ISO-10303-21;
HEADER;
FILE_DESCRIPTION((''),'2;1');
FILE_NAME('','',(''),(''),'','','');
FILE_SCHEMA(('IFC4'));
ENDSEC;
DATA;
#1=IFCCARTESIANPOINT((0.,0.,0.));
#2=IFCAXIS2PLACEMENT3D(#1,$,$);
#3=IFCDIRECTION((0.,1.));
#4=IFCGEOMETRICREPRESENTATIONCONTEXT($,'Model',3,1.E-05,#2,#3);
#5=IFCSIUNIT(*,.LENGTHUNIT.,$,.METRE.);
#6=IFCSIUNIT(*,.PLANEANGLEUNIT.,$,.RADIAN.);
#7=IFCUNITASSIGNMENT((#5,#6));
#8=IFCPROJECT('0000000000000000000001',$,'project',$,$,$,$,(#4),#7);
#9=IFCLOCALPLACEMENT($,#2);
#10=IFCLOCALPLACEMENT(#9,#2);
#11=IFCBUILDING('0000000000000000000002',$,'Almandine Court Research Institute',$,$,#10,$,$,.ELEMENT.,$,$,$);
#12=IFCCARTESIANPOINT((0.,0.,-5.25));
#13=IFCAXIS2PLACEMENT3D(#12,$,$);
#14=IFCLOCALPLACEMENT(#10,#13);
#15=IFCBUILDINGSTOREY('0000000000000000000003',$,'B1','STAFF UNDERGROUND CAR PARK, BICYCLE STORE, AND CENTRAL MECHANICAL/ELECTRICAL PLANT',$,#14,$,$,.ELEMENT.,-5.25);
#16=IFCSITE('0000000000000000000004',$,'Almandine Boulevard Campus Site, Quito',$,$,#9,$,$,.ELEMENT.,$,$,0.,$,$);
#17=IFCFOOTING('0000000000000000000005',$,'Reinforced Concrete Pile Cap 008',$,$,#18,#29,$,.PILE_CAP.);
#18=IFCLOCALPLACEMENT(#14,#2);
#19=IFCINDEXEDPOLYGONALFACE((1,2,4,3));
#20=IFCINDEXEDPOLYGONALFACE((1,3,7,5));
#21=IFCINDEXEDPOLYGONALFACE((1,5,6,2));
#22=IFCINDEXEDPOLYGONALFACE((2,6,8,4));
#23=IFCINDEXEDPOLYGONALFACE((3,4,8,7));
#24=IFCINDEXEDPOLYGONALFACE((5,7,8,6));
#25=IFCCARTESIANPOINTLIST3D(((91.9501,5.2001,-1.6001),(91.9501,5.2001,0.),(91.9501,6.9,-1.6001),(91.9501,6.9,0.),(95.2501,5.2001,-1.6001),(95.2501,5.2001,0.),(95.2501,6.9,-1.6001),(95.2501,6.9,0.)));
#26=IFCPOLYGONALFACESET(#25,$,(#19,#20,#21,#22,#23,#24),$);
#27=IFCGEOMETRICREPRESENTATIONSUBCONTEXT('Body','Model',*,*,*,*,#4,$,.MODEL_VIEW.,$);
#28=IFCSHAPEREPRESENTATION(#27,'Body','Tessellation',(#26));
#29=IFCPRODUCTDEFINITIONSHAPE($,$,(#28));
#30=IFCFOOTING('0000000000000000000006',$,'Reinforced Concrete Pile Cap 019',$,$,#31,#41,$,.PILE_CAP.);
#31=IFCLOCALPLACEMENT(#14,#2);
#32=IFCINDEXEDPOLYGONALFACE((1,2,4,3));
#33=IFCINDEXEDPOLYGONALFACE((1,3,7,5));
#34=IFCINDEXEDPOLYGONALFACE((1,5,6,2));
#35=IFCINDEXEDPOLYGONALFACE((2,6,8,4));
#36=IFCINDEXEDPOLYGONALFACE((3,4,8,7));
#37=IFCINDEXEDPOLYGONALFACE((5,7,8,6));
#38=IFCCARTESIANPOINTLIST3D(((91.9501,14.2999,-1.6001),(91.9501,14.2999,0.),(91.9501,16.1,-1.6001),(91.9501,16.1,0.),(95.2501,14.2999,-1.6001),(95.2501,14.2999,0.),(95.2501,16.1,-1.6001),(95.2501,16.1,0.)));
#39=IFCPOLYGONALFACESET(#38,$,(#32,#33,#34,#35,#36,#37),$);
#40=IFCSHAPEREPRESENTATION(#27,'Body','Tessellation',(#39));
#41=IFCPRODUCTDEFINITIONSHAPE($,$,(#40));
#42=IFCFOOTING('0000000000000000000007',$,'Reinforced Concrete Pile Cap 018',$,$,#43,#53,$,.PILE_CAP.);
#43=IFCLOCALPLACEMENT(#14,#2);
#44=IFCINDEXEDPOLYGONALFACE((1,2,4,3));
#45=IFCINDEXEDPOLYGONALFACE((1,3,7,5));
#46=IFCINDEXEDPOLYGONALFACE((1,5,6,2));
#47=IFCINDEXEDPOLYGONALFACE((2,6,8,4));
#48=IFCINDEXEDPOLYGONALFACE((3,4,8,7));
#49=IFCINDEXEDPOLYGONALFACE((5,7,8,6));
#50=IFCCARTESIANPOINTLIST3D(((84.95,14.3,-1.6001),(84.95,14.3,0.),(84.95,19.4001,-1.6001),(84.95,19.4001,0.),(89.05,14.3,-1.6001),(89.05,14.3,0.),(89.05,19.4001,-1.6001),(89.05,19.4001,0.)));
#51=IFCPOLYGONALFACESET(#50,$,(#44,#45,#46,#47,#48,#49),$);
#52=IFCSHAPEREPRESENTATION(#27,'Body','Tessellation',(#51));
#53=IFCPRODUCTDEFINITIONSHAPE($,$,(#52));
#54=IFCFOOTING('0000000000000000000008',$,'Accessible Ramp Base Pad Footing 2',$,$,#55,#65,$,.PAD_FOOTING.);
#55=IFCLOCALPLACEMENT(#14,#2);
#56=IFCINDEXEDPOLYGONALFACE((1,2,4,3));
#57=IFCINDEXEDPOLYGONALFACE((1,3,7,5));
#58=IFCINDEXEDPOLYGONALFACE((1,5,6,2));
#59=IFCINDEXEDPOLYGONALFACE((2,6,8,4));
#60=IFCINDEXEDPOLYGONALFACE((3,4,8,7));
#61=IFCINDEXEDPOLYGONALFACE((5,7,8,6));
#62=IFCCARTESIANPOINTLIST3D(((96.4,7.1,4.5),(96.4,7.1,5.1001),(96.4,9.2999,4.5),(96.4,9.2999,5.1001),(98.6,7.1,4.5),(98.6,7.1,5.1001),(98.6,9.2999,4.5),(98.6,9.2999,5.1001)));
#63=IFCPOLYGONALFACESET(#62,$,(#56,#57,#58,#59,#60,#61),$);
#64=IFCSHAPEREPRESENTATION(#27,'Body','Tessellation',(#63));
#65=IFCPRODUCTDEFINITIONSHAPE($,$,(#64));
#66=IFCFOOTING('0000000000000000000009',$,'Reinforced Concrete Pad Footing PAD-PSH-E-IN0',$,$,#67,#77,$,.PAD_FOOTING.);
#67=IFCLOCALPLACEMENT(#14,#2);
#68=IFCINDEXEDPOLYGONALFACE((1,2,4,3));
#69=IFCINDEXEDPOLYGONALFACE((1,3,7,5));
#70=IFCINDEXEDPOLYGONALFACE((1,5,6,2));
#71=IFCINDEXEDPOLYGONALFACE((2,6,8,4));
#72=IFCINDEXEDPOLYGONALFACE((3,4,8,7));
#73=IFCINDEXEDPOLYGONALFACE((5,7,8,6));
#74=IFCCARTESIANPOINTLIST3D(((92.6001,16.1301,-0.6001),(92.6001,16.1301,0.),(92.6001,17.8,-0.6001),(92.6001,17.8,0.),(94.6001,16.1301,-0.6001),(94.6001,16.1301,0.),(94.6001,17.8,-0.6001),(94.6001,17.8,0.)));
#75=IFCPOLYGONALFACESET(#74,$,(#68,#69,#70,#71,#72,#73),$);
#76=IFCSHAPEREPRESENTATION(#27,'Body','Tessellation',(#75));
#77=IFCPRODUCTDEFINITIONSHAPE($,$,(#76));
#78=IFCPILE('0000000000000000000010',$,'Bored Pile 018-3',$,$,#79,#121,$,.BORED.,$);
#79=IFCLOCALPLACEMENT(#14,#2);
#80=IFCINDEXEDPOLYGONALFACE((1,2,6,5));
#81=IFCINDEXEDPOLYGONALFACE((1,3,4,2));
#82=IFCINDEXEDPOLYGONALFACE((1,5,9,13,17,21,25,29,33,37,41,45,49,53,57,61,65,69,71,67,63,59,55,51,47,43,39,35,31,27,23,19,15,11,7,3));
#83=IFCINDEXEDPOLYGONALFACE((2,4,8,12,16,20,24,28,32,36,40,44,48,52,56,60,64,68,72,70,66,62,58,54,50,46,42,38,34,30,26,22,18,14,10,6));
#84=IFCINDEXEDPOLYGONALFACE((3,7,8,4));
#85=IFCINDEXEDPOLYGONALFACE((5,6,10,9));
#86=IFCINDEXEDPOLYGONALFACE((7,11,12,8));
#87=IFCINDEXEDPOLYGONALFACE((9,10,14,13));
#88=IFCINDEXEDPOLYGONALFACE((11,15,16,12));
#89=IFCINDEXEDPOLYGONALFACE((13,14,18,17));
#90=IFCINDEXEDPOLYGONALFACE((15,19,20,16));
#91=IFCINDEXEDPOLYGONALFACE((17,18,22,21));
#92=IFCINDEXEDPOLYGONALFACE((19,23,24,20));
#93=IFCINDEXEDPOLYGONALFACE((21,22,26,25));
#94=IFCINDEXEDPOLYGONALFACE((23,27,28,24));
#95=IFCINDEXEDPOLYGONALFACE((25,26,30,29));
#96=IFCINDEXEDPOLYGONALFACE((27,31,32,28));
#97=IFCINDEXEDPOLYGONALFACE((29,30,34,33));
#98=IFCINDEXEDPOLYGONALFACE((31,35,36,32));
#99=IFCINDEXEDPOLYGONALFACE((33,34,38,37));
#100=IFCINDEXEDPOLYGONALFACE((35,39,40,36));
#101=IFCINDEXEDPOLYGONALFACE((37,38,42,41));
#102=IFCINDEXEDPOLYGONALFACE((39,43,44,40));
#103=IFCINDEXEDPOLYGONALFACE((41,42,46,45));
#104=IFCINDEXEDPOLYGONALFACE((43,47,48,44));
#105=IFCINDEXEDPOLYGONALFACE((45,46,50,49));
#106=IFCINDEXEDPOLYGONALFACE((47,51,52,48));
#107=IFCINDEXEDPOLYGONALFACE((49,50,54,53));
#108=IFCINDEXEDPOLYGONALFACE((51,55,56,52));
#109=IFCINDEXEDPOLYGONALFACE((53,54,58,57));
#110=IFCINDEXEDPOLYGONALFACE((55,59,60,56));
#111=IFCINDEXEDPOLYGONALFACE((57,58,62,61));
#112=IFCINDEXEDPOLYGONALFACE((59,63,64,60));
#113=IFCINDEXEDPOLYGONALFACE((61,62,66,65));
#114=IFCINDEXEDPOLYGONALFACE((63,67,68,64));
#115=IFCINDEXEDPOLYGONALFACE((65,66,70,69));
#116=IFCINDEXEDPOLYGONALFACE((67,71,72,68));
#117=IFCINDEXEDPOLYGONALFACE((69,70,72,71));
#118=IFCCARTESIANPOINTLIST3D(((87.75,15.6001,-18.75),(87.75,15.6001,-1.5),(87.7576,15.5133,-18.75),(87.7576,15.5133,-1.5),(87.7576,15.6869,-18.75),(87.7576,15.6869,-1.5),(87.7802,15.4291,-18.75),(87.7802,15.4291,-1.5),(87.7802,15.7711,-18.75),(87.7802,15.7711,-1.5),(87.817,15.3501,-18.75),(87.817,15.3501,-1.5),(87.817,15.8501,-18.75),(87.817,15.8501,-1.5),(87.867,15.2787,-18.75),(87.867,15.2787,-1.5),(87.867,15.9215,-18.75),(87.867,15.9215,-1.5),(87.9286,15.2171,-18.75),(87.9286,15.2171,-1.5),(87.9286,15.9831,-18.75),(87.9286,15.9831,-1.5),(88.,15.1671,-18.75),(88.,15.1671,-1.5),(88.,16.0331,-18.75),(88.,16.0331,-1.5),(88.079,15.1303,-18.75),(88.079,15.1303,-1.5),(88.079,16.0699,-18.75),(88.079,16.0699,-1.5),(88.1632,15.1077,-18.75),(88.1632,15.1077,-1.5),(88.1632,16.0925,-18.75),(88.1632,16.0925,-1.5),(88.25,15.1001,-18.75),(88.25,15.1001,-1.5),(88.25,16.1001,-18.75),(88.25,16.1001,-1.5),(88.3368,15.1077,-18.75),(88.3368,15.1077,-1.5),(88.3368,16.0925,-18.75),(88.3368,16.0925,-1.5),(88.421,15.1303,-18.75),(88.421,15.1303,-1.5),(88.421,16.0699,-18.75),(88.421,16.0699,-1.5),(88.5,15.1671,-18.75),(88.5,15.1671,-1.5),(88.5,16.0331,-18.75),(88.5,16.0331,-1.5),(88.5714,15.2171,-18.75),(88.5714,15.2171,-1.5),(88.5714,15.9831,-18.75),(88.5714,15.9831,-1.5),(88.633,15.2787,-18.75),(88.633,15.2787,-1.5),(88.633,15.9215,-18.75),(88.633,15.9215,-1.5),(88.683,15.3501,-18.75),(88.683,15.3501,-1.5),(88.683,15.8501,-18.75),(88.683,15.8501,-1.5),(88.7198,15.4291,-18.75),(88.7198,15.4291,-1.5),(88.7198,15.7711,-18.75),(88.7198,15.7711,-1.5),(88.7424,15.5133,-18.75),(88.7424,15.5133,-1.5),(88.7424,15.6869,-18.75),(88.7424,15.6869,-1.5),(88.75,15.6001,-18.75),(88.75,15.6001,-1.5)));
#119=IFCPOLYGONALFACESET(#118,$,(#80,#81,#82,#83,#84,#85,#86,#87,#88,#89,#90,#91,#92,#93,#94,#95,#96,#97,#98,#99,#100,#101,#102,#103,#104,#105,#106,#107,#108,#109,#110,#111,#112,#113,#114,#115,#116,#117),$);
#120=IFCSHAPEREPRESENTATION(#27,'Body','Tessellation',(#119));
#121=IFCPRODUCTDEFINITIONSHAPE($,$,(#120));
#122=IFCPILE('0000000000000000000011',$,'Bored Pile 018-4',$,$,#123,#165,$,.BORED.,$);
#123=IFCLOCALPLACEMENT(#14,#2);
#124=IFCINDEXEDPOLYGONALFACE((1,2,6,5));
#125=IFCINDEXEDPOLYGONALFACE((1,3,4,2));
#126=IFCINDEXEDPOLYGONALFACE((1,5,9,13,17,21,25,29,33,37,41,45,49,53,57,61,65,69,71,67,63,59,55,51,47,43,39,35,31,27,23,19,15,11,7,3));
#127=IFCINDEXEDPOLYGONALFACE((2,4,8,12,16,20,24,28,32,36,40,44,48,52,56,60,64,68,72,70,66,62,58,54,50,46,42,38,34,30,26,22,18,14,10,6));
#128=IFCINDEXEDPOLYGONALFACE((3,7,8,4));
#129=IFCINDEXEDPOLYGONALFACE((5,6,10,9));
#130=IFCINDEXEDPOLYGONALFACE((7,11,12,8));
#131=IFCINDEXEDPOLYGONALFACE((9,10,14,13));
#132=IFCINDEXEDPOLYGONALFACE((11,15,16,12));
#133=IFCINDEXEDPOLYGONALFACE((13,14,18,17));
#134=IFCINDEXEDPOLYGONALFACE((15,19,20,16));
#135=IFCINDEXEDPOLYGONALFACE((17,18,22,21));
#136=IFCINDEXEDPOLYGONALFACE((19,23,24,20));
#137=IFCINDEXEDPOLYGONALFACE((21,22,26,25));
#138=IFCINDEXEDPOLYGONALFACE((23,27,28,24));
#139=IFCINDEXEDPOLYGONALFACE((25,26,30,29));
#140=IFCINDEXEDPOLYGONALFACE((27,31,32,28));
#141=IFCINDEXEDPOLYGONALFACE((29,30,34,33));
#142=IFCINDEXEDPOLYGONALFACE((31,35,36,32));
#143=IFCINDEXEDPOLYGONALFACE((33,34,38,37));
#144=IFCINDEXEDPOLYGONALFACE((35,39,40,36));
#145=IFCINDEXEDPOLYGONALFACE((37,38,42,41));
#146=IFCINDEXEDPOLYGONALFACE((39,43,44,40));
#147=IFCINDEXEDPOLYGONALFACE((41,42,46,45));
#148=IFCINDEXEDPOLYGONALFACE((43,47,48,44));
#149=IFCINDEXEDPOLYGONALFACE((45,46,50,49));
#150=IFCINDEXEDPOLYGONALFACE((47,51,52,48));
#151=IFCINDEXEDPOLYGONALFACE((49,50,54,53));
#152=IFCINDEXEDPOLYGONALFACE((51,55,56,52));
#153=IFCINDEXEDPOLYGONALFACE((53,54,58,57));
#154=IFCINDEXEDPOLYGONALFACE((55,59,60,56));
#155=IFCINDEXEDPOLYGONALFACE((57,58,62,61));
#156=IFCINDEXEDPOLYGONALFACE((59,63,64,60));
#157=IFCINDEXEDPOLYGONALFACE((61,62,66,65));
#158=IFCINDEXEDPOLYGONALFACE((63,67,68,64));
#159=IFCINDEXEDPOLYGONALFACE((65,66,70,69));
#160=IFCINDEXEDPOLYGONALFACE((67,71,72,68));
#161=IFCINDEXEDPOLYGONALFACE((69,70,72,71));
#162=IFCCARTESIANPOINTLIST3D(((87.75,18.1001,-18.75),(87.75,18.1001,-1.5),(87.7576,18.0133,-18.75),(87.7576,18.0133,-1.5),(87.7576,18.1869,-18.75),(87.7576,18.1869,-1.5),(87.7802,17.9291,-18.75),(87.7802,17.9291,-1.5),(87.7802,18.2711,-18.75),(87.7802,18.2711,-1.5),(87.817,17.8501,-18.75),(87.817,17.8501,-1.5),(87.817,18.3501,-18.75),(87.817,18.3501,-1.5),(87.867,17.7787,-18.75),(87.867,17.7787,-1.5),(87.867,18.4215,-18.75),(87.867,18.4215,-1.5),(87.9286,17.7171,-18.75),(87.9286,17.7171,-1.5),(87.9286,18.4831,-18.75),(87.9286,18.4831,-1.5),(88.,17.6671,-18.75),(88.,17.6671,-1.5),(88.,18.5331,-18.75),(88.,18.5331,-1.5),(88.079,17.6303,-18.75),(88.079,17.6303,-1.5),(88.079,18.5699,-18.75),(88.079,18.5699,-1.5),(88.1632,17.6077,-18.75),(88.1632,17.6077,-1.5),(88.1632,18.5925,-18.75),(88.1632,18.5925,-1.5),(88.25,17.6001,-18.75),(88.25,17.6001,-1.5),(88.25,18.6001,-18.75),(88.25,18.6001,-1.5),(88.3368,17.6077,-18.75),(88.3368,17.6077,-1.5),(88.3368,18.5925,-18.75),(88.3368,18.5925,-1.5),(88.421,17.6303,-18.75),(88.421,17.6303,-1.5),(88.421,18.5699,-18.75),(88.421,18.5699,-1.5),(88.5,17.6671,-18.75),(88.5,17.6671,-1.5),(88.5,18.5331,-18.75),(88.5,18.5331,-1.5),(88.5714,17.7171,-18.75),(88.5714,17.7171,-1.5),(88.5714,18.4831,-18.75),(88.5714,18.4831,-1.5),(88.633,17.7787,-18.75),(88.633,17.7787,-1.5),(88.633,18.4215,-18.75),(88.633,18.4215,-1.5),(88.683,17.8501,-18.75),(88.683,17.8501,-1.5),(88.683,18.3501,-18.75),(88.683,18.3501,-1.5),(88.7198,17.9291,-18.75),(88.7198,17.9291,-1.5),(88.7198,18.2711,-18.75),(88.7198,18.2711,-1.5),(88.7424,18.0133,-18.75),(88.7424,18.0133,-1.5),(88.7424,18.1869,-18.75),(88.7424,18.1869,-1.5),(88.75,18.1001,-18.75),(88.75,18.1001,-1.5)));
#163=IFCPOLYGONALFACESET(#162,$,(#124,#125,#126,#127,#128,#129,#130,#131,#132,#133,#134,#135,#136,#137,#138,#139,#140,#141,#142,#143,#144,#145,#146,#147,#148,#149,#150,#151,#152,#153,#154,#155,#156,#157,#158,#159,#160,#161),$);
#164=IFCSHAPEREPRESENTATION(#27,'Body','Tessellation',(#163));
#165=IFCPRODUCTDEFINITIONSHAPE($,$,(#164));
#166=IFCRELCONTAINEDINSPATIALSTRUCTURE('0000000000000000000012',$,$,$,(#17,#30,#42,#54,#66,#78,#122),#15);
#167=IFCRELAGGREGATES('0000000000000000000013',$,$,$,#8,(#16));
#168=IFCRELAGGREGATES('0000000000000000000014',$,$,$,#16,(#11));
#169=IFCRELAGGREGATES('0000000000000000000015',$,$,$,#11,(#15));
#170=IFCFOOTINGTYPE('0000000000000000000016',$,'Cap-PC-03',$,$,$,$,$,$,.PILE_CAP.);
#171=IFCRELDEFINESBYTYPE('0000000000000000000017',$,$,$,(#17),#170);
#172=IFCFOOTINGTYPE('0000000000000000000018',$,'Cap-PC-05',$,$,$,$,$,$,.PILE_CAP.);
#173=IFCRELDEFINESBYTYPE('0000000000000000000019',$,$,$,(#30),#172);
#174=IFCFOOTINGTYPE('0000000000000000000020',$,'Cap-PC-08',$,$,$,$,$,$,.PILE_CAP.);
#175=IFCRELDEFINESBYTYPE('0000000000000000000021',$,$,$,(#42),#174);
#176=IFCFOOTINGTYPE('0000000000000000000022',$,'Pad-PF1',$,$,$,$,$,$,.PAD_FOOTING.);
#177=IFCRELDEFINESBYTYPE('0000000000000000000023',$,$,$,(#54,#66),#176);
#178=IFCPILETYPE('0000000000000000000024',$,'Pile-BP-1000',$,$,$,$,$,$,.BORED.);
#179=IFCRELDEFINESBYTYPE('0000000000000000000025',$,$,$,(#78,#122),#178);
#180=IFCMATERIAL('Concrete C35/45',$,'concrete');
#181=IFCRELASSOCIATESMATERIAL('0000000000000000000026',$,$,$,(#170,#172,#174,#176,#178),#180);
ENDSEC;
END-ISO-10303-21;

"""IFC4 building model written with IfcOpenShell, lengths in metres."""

from ifc_helpers import new_model, si_unit, direction, frame, origin, origin_2d, place, context, subcontext, project, spatial, rectangle, circle, extrude, material, material_profile, profile_set, type_object, element, save


model = new_model("IFC4")

# Units and contexts
model_context = context("Model", 3, precision=1e-05, world=origin(), true_north=direction((0.0, 1.0)))
body_context = subcontext(model_context, "Body", "Model", "MODEL_VIEW")
ifc_project = project(units=[si_unit("LENGTHUNIT", "METRE"), si_unit("PLANEANGLEUNIT", "RADIAN")], contexts=[model_context])

# Site, building, storey
site_placement = place(None, origin())
site = spatial("IfcSite", under=ifc_project, at=site_placement, Name="Almandine Boulevard Campus Site, Quito", CompositionType="ELEMENT", RefElevation=0.0)
building_placement = place(site_placement, origin())
building = spatial("IfcBuilding", under=site, at=building_placement, Name="Almandine Court Research Institute", CompositionType="ELEMENT")
storey_placement = place(building_placement, frame((0.0, 0.0, -5.25)))
storey = spatial("IfcBuildingStorey", under=building, at=storey_placement, Name="B1", Description="STAFF UNDERGROUND CAR PARK, BICYCLE STORE, AND CENTRAL MECHANICAL/ELECTRICAL PLANT", CompositionType="ELEMENT", Elevation=-5.25)

# Footings
ifc_material_1 = material(Name="Concrete C35/45", Category="concrete")
footing_type_1 = type_object("IfcFootingType", Name="Cap-PC-03", PredefinedType="PILE_CAP", material=ifc_material_1)
footing_1_placement = place(storey_placement, frame((93.6001, 6.05, -1.6001), z_axis=(0.0, 0.0, 1.0), x_axis=(1.0, 0.0, 0.0)))
element("IfcFooting", 1, at=footing_1_placement, inside=storey, type_object=footing_type_1, Name="Reinforced Concrete Pile Cap 008", PredefinedType="PILE_CAP", context=body_context, shape_type="SweptSolid", body=[
    extrude(rectangle(XDim=3.3, YDim=1.7, at=origin_2d()), origin(), (0.0, 0.0, 1.0), 1.6001),
])
footing_type_2 = type_object("IfcFootingType", Name="Cap-PC-05", PredefinedType="PILE_CAP", material=ifc_material_1)
footing_2_placement = place(storey_placement, frame((93.6001, 15.2, -1.6001), z_axis=(0.0, 0.0, 1.0), x_axis=(1.0, 0.0, 0.0)))
element("IfcFooting", 2, at=footing_2_placement, inside=storey, type_object=footing_type_2, Name="Reinforced Concrete Pile Cap 019", PredefinedType="PILE_CAP", context=body_context, shape_type="SweptSolid", body=[
    extrude(rectangle(XDim=3.3, YDim=1.8, at=origin_2d()), origin(), (0.0, 0.0, 1.0), 1.6001),
])
footing_type_3 = type_object("IfcFootingType", Name="Cap-PC-08", PredefinedType="PILE_CAP", material=ifc_material_1)
footing_3_placement = place(storey_placement, frame((87.0, 16.8501, -1.6001), z_axis=(0.0, 0.0, 1.0), x_axis=(1.0, 0.0, 0.0)))
element("IfcFooting", 3, at=footing_3_placement, inside=storey, type_object=footing_type_3, Name="Reinforced Concrete Pile Cap 018", PredefinedType="PILE_CAP", context=body_context, shape_type="SweptSolid", body=[
    extrude(rectangle(XDim=4.1001, YDim=5.1001, at=origin_2d()), origin(), (0.0, 0.0, 1.0), 1.6001),
])
footing_type_4 = type_object("IfcFootingType", Name="Pad-PF1", PredefinedType="PAD_FOOTING", material=ifc_material_1)
footing_4_placement = place(storey_placement, frame((97.5, 8.2, 4.5), z_axis=(0.0, 0.0, 1.0), x_axis=(1.0, 0.0, 0.0)))
element("IfcFooting", 4, at=footing_4_placement, inside=storey, type_object=footing_type_4, Name="Accessible Ramp Base Pad Footing 2", PredefinedType="PAD_FOOTING", context=body_context, shape_type="SweptSolid", body=[
    extrude(rectangle(XDim=2.2, YDim=2.2, at=origin_2d()), origin(), (0.0, 0.0, 1.0), 0.6001),
])
footing_5_placement = place(storey_placement, frame((93.6001, 16.9651, -0.6001), z_axis=(0.0, 0.0, 1.0), x_axis=(1.0, 0.0, 0.0)))
element("IfcFooting", 5, at=footing_5_placement, inside=storey, type_object=footing_type_4, Name="Reinforced Concrete Pad Footing PAD-PSH-E-IN0", PredefinedType="PAD_FOOTING", context=body_context, shape_type="SweptSolid", body=[
    extrude(rectangle(XDim=2.0, YDim=1.6699, at=origin_2d()), origin(), (0.0, 0.0, 1.0), 0.6001),
])

# Piles
ifc_material_profile_1 = material_profile(ifc_material_1, circle(Radius=0.5, at=origin_2d()), Name="BORED PILE D1000")
ifc_profile_set_1 = profile_set([ifc_material_profile_1], Name="Concrete C35/45")
pile_type_1 = type_object("IfcPileType", Name="Pile-BP-1000", PredefinedType="BORED", material=ifc_profile_set_1)
for number, where, z_axis, x_axis, name in (
    (6, (88.25, 15.6001, -1.5), (0.0, 0.0, -1.0), (1.0, 0.0, 0.0), "Bored Pile 018-3"),
    (7, (88.25, 18.1001, -1.5), (0.0, 0.0, -1.0), (1.0, 0.0, 0.0), "Bored Pile 018-4"),
):
    element("IfcPile", number, at=place(storey_placement, frame(where, z_axis=z_axis, x_axis=x_axis)), inside=storey, type_object=pile_type_1, Name=name, PredefinedType="BORED", context=body_context, shape_type="SweptSolid", body=[
        extrude(circle(Radius=0.5, at=origin_2d()), origin(), (0.0, 0.0, 1.0), 17.25),
    ])

save(model, "model.ifc")
